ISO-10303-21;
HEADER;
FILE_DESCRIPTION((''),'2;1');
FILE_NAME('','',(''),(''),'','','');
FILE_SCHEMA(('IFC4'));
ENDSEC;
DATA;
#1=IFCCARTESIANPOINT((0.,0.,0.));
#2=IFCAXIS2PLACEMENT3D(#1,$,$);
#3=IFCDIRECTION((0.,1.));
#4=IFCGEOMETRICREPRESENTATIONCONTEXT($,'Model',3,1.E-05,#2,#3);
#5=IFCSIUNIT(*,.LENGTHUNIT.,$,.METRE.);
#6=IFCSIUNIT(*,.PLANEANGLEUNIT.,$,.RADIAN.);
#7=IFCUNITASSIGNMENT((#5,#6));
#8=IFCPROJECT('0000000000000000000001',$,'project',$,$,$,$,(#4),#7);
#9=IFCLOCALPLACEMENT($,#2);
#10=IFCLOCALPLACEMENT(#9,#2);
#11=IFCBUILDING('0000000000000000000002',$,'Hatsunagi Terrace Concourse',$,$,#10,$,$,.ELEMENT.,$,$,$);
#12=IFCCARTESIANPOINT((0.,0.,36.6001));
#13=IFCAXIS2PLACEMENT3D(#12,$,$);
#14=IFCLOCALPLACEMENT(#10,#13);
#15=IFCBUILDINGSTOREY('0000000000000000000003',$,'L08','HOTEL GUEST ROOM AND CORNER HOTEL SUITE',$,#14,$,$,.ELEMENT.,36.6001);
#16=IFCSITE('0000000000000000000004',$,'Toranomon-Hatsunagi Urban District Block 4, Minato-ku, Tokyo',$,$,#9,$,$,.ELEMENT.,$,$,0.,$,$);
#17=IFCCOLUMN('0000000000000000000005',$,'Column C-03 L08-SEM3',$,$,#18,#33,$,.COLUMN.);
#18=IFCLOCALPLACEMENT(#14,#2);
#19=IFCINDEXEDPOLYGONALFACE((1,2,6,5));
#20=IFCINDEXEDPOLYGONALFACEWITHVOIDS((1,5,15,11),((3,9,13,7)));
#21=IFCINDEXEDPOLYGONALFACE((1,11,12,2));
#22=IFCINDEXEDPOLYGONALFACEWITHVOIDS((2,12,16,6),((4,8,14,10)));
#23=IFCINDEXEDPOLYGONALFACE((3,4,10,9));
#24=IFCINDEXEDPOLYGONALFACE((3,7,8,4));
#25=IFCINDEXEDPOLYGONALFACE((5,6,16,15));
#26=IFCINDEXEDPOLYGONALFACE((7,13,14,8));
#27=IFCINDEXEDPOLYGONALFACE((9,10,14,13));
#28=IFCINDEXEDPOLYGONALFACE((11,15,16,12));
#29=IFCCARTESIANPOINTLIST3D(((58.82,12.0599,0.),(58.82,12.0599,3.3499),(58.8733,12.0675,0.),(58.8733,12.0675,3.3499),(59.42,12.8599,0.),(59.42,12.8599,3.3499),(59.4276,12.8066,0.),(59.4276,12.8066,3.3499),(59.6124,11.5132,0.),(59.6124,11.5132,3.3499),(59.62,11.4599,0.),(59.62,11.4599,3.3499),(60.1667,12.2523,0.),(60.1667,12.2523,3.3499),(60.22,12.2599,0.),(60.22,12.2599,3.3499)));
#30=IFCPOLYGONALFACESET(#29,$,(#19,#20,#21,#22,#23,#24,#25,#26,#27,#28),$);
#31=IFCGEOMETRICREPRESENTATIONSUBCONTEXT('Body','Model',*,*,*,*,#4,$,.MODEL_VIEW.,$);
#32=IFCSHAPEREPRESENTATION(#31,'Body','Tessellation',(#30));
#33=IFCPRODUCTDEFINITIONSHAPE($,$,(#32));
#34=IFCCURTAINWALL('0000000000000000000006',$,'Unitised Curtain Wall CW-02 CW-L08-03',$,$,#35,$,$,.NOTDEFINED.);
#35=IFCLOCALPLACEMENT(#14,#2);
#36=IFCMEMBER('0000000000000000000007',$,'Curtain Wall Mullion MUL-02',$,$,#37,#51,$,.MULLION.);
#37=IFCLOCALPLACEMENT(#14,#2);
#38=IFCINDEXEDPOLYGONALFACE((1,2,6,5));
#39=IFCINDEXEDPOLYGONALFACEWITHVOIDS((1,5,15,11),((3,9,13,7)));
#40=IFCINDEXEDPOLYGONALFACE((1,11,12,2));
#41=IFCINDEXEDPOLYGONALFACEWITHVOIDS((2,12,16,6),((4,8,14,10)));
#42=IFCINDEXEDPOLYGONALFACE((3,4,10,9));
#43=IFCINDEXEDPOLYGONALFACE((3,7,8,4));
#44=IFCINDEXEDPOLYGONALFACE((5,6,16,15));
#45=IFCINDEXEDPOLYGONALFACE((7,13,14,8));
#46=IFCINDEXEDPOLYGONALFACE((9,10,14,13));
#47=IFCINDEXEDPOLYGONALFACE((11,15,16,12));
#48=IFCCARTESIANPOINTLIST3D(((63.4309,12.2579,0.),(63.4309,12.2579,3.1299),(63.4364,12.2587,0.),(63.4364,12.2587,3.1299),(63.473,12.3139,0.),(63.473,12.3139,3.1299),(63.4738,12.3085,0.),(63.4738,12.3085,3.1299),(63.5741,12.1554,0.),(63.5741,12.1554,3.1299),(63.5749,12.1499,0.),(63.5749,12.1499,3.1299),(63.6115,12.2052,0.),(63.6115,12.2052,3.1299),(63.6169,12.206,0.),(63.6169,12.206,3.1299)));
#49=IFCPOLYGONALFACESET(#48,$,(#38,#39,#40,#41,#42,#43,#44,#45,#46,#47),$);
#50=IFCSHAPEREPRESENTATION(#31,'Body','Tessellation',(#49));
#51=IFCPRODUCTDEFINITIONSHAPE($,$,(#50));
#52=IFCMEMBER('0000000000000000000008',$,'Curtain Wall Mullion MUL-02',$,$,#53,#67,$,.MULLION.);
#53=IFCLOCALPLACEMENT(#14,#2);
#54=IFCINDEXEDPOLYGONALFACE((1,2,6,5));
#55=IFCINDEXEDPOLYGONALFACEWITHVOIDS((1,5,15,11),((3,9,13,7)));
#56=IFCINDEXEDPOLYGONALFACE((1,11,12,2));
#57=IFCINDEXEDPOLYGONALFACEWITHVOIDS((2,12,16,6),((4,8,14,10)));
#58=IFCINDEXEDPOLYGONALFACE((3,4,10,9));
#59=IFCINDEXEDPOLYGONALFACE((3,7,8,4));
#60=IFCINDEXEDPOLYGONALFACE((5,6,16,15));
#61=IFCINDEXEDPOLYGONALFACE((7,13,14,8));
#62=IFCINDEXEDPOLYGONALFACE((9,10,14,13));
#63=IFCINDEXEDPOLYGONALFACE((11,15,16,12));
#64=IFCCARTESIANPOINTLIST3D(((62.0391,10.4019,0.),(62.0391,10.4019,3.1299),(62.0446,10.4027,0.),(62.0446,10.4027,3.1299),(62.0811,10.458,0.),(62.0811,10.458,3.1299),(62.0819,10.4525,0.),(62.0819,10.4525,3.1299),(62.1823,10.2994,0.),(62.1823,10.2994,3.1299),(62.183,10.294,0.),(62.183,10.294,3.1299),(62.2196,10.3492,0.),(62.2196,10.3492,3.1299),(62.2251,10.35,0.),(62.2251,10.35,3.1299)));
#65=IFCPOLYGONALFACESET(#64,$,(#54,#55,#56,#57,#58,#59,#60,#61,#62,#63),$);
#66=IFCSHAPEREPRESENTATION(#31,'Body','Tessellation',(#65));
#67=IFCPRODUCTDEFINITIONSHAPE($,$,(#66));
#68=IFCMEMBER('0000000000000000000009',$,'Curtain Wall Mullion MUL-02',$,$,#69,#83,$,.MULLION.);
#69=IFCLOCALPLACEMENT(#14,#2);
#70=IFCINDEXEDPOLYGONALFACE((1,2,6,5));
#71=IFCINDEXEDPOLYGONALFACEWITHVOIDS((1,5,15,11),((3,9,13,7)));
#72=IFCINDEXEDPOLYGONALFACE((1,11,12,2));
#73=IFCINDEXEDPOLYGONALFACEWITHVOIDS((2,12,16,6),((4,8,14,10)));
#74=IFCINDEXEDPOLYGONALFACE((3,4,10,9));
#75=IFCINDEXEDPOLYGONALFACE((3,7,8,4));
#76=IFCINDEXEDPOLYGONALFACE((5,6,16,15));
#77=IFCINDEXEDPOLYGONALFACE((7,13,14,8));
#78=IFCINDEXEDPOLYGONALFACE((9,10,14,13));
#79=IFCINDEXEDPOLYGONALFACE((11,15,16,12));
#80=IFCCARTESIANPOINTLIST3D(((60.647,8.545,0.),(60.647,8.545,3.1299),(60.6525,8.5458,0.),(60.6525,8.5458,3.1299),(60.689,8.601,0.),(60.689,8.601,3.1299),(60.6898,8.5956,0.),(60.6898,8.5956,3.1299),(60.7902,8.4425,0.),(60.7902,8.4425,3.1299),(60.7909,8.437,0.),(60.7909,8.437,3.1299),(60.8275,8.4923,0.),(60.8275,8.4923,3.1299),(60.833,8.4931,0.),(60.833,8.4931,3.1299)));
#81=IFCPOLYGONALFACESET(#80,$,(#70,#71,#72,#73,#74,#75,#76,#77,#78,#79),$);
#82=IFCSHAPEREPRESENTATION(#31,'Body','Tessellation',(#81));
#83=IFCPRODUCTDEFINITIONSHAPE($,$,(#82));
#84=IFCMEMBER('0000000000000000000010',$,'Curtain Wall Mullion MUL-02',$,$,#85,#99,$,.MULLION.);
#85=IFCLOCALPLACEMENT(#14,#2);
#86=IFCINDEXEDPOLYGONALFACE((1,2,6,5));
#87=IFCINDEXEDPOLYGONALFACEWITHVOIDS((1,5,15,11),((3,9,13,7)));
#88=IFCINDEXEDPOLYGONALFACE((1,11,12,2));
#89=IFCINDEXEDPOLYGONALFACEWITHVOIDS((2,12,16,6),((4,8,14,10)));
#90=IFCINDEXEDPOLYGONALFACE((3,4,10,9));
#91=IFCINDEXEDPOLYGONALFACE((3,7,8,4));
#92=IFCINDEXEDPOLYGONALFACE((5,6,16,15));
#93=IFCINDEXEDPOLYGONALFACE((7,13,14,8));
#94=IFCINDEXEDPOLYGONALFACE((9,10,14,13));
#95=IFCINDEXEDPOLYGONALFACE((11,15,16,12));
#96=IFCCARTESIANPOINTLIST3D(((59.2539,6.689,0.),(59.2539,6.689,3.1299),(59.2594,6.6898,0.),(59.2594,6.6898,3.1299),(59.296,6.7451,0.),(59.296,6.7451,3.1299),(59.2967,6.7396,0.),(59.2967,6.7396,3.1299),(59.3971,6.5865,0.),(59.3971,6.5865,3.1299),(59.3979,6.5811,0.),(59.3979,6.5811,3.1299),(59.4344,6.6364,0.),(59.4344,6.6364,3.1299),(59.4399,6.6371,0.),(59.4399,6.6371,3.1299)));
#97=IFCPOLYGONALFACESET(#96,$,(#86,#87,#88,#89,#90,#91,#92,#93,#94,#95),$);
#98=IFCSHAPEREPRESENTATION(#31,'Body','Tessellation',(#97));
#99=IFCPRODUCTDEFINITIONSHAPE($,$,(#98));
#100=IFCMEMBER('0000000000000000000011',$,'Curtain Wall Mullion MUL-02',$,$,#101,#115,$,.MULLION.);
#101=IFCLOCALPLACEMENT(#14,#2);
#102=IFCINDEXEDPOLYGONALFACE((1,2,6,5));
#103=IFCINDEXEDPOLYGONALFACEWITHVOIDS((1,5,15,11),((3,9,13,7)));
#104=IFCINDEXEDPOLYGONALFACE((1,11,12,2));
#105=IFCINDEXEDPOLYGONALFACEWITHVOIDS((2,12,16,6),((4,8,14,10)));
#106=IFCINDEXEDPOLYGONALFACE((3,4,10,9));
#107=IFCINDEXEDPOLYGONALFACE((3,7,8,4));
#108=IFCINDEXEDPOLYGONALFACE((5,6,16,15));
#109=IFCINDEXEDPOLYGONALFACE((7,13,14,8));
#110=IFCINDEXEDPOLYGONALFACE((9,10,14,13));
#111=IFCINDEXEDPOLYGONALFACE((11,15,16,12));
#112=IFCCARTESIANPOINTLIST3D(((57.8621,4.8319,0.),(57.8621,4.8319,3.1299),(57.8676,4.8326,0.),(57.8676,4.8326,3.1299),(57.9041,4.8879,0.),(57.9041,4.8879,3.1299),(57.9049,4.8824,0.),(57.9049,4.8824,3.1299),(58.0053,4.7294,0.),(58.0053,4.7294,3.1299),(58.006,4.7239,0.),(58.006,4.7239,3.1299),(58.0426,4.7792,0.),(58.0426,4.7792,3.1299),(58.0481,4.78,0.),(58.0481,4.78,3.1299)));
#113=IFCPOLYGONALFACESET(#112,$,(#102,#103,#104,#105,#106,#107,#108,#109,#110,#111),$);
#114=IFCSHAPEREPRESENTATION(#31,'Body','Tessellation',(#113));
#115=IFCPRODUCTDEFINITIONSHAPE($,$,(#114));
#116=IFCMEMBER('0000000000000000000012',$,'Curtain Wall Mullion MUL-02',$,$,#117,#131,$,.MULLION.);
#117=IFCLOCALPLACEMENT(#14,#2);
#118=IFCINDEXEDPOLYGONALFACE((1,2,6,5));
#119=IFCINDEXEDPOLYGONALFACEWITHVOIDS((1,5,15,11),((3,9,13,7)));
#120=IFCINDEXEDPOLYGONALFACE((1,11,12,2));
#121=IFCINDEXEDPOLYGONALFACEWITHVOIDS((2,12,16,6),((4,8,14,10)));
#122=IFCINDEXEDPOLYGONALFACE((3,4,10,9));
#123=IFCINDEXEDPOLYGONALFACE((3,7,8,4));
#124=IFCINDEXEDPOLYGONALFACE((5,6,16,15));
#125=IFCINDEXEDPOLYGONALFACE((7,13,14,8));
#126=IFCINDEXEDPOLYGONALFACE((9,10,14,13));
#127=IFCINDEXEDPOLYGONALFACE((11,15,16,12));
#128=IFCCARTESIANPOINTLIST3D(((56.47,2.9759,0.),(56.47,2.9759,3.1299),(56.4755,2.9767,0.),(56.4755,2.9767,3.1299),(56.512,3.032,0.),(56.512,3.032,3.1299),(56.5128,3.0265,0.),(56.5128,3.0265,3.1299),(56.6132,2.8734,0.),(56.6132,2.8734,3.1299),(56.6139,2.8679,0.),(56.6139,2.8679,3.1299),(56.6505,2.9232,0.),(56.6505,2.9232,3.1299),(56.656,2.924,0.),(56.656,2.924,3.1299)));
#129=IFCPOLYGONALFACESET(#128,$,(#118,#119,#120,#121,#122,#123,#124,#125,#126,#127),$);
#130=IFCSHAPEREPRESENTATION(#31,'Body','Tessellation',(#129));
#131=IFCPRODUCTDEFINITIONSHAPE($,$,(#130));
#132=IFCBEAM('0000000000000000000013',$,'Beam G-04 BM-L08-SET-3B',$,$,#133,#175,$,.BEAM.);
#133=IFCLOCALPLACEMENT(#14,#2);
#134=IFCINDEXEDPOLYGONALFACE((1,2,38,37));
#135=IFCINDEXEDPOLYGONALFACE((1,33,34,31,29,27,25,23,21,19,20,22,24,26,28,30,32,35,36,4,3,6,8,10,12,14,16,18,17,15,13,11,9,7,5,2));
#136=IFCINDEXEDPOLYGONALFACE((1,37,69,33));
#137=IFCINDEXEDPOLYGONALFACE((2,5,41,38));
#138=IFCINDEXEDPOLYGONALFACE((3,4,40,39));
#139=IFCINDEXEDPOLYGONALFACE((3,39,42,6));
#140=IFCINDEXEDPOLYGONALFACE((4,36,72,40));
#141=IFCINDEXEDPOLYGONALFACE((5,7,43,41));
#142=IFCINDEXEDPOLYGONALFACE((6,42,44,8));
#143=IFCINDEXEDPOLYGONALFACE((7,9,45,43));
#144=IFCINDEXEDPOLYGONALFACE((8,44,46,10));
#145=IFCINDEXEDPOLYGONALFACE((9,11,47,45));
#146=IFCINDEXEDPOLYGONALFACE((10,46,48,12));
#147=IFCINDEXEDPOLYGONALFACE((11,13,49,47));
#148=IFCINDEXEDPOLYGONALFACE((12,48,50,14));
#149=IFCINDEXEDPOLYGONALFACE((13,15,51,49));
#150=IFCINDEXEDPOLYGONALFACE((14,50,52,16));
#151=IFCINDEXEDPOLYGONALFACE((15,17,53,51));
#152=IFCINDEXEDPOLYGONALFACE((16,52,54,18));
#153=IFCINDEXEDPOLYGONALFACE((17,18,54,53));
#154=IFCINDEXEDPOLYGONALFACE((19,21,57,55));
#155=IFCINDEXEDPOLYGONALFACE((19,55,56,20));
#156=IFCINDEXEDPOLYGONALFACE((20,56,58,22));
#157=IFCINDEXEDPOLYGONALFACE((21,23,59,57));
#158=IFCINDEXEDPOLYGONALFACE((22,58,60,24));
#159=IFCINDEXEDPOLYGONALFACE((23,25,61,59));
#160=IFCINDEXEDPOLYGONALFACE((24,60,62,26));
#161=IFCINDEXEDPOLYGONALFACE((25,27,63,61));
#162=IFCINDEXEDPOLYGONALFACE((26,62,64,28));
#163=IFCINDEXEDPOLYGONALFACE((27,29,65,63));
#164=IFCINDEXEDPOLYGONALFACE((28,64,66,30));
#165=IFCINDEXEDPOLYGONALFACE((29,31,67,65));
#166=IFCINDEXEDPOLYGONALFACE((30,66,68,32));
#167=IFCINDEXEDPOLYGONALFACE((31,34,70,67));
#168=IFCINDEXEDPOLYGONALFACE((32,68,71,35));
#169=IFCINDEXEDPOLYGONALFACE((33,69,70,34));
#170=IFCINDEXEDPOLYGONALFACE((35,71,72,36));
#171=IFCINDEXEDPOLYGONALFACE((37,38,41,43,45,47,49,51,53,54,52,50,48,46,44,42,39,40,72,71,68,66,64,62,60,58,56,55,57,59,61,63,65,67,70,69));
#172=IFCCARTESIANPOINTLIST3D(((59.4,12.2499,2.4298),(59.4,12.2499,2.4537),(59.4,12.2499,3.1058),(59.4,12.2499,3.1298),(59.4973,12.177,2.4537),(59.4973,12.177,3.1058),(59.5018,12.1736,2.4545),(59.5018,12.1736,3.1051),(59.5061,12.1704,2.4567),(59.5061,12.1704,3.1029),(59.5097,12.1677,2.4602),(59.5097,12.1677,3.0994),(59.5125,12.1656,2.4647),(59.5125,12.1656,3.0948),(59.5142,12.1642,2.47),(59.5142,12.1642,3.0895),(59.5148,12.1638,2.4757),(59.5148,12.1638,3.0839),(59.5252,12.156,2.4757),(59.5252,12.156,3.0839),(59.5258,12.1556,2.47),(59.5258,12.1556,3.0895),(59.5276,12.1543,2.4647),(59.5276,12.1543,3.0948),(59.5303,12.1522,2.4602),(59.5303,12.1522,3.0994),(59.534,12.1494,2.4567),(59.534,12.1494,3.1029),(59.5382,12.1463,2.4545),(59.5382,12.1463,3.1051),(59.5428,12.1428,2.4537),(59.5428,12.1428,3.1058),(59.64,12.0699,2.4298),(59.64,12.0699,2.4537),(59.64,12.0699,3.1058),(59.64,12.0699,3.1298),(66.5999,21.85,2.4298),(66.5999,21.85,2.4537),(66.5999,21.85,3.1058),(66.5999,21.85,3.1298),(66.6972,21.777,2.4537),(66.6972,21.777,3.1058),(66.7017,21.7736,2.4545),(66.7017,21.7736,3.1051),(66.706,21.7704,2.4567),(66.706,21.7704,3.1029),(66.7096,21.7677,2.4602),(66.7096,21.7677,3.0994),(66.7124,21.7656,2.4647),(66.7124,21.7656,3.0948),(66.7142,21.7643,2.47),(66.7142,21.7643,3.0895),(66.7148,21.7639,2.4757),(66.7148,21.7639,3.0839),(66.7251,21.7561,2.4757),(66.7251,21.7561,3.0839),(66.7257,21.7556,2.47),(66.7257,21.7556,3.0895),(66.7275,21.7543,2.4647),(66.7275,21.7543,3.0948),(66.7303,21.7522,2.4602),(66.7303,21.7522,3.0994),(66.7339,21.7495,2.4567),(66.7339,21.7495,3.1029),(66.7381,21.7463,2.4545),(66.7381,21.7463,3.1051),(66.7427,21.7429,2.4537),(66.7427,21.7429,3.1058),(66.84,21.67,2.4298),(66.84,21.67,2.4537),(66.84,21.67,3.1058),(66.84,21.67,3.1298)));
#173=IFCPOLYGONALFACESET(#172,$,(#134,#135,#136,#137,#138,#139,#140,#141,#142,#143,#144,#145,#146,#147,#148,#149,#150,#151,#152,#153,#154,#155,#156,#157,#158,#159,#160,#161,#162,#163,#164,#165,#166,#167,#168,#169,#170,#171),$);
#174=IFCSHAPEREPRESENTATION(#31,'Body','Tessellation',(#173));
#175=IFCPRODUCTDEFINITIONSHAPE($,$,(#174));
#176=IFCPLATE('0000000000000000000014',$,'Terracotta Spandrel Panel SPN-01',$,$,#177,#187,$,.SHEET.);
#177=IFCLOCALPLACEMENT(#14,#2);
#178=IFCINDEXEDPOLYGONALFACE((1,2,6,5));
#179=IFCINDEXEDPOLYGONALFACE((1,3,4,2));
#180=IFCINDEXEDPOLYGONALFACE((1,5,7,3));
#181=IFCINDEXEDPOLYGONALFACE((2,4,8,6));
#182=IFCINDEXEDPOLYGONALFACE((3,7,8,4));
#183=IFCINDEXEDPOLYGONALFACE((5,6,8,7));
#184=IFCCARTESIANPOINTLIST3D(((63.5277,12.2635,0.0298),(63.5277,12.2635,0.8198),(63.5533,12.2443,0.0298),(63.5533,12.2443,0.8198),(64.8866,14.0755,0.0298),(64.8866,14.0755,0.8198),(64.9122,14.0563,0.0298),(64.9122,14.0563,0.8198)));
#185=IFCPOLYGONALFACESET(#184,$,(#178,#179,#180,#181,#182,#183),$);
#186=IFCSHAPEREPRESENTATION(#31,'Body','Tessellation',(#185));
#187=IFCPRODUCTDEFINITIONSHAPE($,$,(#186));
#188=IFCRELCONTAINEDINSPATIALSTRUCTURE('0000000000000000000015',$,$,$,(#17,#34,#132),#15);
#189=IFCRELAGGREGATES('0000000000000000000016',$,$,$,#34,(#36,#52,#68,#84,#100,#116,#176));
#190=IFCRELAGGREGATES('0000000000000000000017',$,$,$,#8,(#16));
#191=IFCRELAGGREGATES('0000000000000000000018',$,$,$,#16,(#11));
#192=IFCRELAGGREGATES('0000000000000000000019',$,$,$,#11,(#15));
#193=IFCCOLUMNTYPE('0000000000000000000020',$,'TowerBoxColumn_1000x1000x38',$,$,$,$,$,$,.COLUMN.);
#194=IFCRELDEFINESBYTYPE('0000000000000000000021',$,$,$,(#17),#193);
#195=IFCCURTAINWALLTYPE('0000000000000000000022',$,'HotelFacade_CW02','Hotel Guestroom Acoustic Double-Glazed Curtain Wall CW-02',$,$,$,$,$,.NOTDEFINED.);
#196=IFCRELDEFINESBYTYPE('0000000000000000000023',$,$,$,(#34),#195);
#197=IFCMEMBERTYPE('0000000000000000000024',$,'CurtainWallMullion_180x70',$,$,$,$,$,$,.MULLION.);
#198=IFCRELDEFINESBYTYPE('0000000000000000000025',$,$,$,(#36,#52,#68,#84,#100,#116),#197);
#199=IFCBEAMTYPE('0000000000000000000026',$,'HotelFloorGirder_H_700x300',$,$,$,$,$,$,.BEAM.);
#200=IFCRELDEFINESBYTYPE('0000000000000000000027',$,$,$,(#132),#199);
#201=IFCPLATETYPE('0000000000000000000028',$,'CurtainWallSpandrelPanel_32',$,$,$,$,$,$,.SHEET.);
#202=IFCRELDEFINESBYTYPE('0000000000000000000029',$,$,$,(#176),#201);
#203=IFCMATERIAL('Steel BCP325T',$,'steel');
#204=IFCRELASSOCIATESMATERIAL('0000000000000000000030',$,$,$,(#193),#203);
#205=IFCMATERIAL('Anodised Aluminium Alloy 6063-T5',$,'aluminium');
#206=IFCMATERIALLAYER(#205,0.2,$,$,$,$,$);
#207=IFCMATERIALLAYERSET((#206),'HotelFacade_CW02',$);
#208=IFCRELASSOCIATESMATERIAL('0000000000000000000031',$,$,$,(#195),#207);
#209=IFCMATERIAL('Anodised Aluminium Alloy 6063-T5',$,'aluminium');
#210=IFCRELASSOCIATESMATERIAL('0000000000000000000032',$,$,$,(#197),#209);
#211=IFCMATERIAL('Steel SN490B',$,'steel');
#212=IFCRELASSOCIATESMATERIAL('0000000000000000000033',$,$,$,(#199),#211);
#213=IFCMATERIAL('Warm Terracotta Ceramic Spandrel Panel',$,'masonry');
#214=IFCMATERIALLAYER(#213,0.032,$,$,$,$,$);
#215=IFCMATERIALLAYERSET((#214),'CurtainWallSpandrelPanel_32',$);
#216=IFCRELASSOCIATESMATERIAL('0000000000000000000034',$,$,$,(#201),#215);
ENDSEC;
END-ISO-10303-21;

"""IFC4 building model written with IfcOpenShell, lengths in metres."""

from ifc_helpers import new_model, si_unit, direction, frame, origin, origin_2d, place, context, subcontext, project, spatial, rectangle, hollow_rectangle, i_section, extrude, material, layer, layer_set, material_profile, profile_set, type_object, element, aggregate, save


model = new_model("IFC4")

# Units and contexts
model_context = context("Model", 3, precision=1e-05, world=origin(), true_north=direction((0.0, 1.0)))
body_context = subcontext(model_context, "Body", "Model", "MODEL_VIEW")
ifc_project = project(units=[si_unit("LENGTHUNIT", "METRE"), si_unit("PLANEANGLEUNIT", "RADIAN")], contexts=[model_context])

# Site, building, storey
site_placement = place(None, origin())
site = spatial("IfcSite", under=ifc_project, at=site_placement, Name="Toranomon-Hatsunagi Urban District Block 4, Minato-ku, Tokyo", CompositionType="ELEMENT", RefElevation=0.0)
building_placement = place(site_placement, origin())
building = spatial("IfcBuilding", under=site, at=building_placement, Name="Hatsunagi Terrace Concourse", CompositionType="ELEMENT")
storey_placement = place(building_placement, frame((0.0, 0.0, 36.6001)))
storey = spatial("IfcBuildingStorey", under=building, at=storey_placement, Name="L08", Description="HOTEL GUEST ROOM AND CORNER HOTEL SUITE", CompositionType="ELEMENT", Elevation=36.6001)

# Column
ifc_material_1 = material(Name="Steel BCP325T", Category="steel")
ifc_material_profile_1 = material_profile(ifc_material_1, hollow_rectangle(XDim=1.0, YDim=1.0, WallThickness=0.0381, at=origin_2d()), Name="BCP-1000x1000x38")
ifc_profile_set_1 = profile_set([ifc_material_profile_1], Name="Steel BCP325T")
column_type = type_object("IfcColumnType", Name="TowerBoxColumn_1000x1000x38", PredefinedType="COLUMN", material=ifc_profile_set_1)
column_placement = place(storey_placement, frame((59.52, 12.1599, 0.0), z_axis=(0.0, 0.0, 1.0), x_axis=(0.8, -0.6, 0.0)))
element("IfcColumn", 1, at=column_placement, inside=storey, type_object=column_type, Name="Column C-03 L08-SEM3", PredefinedType="COLUMN", context=body_context, shape_type="SweptSolid", body=[
    extrude(hollow_rectangle(XDim=1.0, YDim=1.0, WallThickness=0.0381, at=origin_2d()), origin(), (0.0, 0.0, 1.0), 3.3499),
])

# Curtain wall, members
ifc_material_2 = material(Name="Anodised Aluminium Alloy 6063-T5", Category="aluminium")
ifc_layer_1 = layer(ifc_material_2, 0.2)
ifc_layer_set_1 = layer_set([ifc_layer_1], Name="HotelFacade_CW02")
curtain_wall_type = type_object("IfcCurtainWallType", Name="HotelFacade_CW02", Description="Hotel Guestroom Acoustic Double-Glazed Curtain Wall CW-02", PredefinedType="NOTDEFINED", material=ifc_layer_set_1)
curtain_wall_placement = place(storey_placement, origin())
curtain_wall = element("IfcCurtainWall", 2, at=curtain_wall_placement, inside=storey, type_object=curtain_wall_type, Name="Unitised Curtain Wall CW-02 CW-L08-03", PredefinedType="NOTDEFINED")
ifc_material_3 = material(Name="Anodised Aluminium Alloy 6063-T5", Category="aluminium")
ifc_material_profile_2 = material_profile(ifc_material_3, hollow_rectangle(XDim=0.0701, YDim=0.1799, WallThickness=0.0039, at=origin_2d()), Name="ALU-MUL-180x70x4")
ifc_profile_set_2 = profile_set([ifc_material_profile_2], Name="Anodised Aluminium Alloy 6063-T5")
member_type = type_object("IfcMemberType", Name="CurtainWallMullion_180x70", PredefinedType="MULLION", material=ifc_profile_set_2)
member_1_placement = place(storey_placement, frame((63.5239, 12.2319, 0.0), z_axis=(0.0, 0.0, 1.0), x_axis=(-0.599969, -0.800023, 0.0)))
member_1 = element("IfcMember", 3, at=member_1_placement, type_object=member_type, Name="Curtain Wall Mullion MUL-02", PredefinedType="MULLION", context=body_context, shape_type="SweptSolid", body=[
    extrude(hollow_rectangle(XDim=0.0701, YDim=0.1799, WallThickness=0.0039, at=origin_2d()), origin(), (0.0, 0.0, 1.0), 3.1299),
])
member_2_placement = place(storey_placement, frame((62.1321, 10.376, 0.0), z_axis=(0.0, 0.0, 1.0), x_axis=(-0.599969, -0.800023, 0.0)))
member_2 = element("IfcMember", 4, at=member_2_placement, type_object=member_type, Name="Curtain Wall Mullion MUL-02", PredefinedType="MULLION", context=body_context, shape_type="SweptSolid", body=[
    extrude(hollow_rectangle(XDim=0.0701, YDim=0.1799, WallThickness=0.0039, at=origin_2d()), origin(), (0.0, 0.0, 1.0), 3.1299),
])
member_3_placement = place(storey_placement, frame((60.74, 8.519, 0.0), z_axis=(0.0, 0.0, 1.0), x_axis=(-0.599969, -0.800023, 0.0)))
member_3 = element("IfcMember", 5, at=member_3_placement, type_object=member_type, Name="Curtain Wall Mullion MUL-02", PredefinedType="MULLION", context=body_context, shape_type="SweptSolid", body=[
    extrude(hollow_rectangle(XDim=0.0701, YDim=0.1799, WallThickness=0.0039, at=origin_2d()), origin(), (0.0, 0.0, 1.0), 3.1299),
])
member_4_placement = place(storey_placement, frame((59.3469, 6.6631, 0.0), z_axis=(0.0, 0.0, 1.0), x_axis=(-0.599969, -0.800023, 0.0)))
member_4 = element("IfcMember", 6, at=member_4_placement, type_object=member_type, Name="Curtain Wall Mullion MUL-02", PredefinedType="MULLION", context=body_context, shape_type="SweptSolid", body=[
    extrude(hollow_rectangle(XDim=0.0701, YDim=0.1799, WallThickness=0.0039, at=origin_2d()), origin(), (0.0, 0.0, 1.0), 3.1299),
])
member_5_placement = place(storey_placement, frame((57.9551, 4.8059, 0.0), z_axis=(0.0, 0.0, 1.0), x_axis=(-0.599969, -0.800023, 0.0)))
member_5 = element("IfcMember", 7, at=member_5_placement, type_object=member_type, Name="Curtain Wall Mullion MUL-02", PredefinedType="MULLION", context=body_context, shape_type="SweptSolid", body=[
    extrude(hollow_rectangle(XDim=0.0701, YDim=0.1799, WallThickness=0.0039, at=origin_2d()), origin(), (0.0, 0.0, 1.0), 3.1299),
])
member_6_placement = place(storey_placement, frame((56.563, 2.95, 0.0), z_axis=(0.0, 0.0, 1.0), x_axis=(-0.599969, -0.800023, 0.0)))
member_6 = element("IfcMember", 8, at=member_6_placement, type_object=member_type, Name="Curtain Wall Mullion MUL-02", PredefinedType="MULLION", context=body_context, shape_type="SweptSolid", body=[
    extrude(hollow_rectangle(XDim=0.0701, YDim=0.1799, WallThickness=0.0039, at=origin_2d()), origin(), (0.0, 0.0, 1.0), 3.1299),
])

# Beam
ifc_material_4 = material(Name="Steel SN490B", Category="steel")
ifc_material_profile_3 = material_profile(ifc_material_4, i_section(OverallWidth=0.3, OverallDepth=0.7, WebThickness=0.0129, FlangeThickness=0.0239, FilletRadius=0.022, at=origin_2d()), Name="H-700x300x13x24")
ifc_profile_set_3 = profile_set([ifc_material_profile_3], Name="Steel SN490B")
beam_type = type_object("IfcBeamType", Name="HotelFloorGirder_H_700x300", PredefinedType="BEAM", material=ifc_profile_set_3)
beam_placement = place(storey_placement, frame((59.52, 12.1599, 2.7798), z_axis=(0.599993, 0.800005, 0.0), x_axis=(-0.800005, 0.599993, 0.0)))
element("IfcBeam", 9, at=beam_placement, inside=storey, type_object=beam_type, Name="Beam G-04 BM-L08-SET-3B", PredefinedType="BEAM", context=body_context, shape_type="SweptSolid", body=[
    extrude(i_section(OverallWidth=0.3, OverallDepth=0.7, WebThickness=0.0129, FlangeThickness=0.0239, FilletRadius=0.022, at=origin_2d()), origin(), (0.0, 0.0, 1.0), 12.0),
])

# Plate
ifc_material_5 = material(Name="Warm Terracotta Ceramic Spandrel Panel", Category="masonry")
ifc_layer_2 = layer(ifc_material_5, 0.032)
ifc_layer_set_2 = layer_set([ifc_layer_2], Name="CurtainWallSpandrelPanel_32")
plate_type_1 = type_object("IfcPlateType", Name="CurtainWallSpandrelPanel_32", PredefinedType="SHEET", material=ifc_layer_set_2)
plate_1_placement = place(storey_placement, frame((64.22, 13.1599, 0.0298), z_axis=(0.0, 0.0, 1.0), x_axis=(-0.599969, -0.800023, 0.0)))
plate_1 = element("IfcPlate", 10, at=plate_1_placement, type_object=plate_type_1, Name="Terracotta Spandrel Panel SPN-01", PredefinedType="SHEET", context=body_context, shape_type="SweptSolid", body=[
    extrude(rectangle(XDim=2.2649, YDim=0.032, at=origin_2d()), origin(), (0.0, 0.0, 1.0), 0.79),
])
aggregate(curtain_wall, [member_1, member_2, member_3, member_4, member_5, member_6, plate_1])

save(model, "model.ifc")
